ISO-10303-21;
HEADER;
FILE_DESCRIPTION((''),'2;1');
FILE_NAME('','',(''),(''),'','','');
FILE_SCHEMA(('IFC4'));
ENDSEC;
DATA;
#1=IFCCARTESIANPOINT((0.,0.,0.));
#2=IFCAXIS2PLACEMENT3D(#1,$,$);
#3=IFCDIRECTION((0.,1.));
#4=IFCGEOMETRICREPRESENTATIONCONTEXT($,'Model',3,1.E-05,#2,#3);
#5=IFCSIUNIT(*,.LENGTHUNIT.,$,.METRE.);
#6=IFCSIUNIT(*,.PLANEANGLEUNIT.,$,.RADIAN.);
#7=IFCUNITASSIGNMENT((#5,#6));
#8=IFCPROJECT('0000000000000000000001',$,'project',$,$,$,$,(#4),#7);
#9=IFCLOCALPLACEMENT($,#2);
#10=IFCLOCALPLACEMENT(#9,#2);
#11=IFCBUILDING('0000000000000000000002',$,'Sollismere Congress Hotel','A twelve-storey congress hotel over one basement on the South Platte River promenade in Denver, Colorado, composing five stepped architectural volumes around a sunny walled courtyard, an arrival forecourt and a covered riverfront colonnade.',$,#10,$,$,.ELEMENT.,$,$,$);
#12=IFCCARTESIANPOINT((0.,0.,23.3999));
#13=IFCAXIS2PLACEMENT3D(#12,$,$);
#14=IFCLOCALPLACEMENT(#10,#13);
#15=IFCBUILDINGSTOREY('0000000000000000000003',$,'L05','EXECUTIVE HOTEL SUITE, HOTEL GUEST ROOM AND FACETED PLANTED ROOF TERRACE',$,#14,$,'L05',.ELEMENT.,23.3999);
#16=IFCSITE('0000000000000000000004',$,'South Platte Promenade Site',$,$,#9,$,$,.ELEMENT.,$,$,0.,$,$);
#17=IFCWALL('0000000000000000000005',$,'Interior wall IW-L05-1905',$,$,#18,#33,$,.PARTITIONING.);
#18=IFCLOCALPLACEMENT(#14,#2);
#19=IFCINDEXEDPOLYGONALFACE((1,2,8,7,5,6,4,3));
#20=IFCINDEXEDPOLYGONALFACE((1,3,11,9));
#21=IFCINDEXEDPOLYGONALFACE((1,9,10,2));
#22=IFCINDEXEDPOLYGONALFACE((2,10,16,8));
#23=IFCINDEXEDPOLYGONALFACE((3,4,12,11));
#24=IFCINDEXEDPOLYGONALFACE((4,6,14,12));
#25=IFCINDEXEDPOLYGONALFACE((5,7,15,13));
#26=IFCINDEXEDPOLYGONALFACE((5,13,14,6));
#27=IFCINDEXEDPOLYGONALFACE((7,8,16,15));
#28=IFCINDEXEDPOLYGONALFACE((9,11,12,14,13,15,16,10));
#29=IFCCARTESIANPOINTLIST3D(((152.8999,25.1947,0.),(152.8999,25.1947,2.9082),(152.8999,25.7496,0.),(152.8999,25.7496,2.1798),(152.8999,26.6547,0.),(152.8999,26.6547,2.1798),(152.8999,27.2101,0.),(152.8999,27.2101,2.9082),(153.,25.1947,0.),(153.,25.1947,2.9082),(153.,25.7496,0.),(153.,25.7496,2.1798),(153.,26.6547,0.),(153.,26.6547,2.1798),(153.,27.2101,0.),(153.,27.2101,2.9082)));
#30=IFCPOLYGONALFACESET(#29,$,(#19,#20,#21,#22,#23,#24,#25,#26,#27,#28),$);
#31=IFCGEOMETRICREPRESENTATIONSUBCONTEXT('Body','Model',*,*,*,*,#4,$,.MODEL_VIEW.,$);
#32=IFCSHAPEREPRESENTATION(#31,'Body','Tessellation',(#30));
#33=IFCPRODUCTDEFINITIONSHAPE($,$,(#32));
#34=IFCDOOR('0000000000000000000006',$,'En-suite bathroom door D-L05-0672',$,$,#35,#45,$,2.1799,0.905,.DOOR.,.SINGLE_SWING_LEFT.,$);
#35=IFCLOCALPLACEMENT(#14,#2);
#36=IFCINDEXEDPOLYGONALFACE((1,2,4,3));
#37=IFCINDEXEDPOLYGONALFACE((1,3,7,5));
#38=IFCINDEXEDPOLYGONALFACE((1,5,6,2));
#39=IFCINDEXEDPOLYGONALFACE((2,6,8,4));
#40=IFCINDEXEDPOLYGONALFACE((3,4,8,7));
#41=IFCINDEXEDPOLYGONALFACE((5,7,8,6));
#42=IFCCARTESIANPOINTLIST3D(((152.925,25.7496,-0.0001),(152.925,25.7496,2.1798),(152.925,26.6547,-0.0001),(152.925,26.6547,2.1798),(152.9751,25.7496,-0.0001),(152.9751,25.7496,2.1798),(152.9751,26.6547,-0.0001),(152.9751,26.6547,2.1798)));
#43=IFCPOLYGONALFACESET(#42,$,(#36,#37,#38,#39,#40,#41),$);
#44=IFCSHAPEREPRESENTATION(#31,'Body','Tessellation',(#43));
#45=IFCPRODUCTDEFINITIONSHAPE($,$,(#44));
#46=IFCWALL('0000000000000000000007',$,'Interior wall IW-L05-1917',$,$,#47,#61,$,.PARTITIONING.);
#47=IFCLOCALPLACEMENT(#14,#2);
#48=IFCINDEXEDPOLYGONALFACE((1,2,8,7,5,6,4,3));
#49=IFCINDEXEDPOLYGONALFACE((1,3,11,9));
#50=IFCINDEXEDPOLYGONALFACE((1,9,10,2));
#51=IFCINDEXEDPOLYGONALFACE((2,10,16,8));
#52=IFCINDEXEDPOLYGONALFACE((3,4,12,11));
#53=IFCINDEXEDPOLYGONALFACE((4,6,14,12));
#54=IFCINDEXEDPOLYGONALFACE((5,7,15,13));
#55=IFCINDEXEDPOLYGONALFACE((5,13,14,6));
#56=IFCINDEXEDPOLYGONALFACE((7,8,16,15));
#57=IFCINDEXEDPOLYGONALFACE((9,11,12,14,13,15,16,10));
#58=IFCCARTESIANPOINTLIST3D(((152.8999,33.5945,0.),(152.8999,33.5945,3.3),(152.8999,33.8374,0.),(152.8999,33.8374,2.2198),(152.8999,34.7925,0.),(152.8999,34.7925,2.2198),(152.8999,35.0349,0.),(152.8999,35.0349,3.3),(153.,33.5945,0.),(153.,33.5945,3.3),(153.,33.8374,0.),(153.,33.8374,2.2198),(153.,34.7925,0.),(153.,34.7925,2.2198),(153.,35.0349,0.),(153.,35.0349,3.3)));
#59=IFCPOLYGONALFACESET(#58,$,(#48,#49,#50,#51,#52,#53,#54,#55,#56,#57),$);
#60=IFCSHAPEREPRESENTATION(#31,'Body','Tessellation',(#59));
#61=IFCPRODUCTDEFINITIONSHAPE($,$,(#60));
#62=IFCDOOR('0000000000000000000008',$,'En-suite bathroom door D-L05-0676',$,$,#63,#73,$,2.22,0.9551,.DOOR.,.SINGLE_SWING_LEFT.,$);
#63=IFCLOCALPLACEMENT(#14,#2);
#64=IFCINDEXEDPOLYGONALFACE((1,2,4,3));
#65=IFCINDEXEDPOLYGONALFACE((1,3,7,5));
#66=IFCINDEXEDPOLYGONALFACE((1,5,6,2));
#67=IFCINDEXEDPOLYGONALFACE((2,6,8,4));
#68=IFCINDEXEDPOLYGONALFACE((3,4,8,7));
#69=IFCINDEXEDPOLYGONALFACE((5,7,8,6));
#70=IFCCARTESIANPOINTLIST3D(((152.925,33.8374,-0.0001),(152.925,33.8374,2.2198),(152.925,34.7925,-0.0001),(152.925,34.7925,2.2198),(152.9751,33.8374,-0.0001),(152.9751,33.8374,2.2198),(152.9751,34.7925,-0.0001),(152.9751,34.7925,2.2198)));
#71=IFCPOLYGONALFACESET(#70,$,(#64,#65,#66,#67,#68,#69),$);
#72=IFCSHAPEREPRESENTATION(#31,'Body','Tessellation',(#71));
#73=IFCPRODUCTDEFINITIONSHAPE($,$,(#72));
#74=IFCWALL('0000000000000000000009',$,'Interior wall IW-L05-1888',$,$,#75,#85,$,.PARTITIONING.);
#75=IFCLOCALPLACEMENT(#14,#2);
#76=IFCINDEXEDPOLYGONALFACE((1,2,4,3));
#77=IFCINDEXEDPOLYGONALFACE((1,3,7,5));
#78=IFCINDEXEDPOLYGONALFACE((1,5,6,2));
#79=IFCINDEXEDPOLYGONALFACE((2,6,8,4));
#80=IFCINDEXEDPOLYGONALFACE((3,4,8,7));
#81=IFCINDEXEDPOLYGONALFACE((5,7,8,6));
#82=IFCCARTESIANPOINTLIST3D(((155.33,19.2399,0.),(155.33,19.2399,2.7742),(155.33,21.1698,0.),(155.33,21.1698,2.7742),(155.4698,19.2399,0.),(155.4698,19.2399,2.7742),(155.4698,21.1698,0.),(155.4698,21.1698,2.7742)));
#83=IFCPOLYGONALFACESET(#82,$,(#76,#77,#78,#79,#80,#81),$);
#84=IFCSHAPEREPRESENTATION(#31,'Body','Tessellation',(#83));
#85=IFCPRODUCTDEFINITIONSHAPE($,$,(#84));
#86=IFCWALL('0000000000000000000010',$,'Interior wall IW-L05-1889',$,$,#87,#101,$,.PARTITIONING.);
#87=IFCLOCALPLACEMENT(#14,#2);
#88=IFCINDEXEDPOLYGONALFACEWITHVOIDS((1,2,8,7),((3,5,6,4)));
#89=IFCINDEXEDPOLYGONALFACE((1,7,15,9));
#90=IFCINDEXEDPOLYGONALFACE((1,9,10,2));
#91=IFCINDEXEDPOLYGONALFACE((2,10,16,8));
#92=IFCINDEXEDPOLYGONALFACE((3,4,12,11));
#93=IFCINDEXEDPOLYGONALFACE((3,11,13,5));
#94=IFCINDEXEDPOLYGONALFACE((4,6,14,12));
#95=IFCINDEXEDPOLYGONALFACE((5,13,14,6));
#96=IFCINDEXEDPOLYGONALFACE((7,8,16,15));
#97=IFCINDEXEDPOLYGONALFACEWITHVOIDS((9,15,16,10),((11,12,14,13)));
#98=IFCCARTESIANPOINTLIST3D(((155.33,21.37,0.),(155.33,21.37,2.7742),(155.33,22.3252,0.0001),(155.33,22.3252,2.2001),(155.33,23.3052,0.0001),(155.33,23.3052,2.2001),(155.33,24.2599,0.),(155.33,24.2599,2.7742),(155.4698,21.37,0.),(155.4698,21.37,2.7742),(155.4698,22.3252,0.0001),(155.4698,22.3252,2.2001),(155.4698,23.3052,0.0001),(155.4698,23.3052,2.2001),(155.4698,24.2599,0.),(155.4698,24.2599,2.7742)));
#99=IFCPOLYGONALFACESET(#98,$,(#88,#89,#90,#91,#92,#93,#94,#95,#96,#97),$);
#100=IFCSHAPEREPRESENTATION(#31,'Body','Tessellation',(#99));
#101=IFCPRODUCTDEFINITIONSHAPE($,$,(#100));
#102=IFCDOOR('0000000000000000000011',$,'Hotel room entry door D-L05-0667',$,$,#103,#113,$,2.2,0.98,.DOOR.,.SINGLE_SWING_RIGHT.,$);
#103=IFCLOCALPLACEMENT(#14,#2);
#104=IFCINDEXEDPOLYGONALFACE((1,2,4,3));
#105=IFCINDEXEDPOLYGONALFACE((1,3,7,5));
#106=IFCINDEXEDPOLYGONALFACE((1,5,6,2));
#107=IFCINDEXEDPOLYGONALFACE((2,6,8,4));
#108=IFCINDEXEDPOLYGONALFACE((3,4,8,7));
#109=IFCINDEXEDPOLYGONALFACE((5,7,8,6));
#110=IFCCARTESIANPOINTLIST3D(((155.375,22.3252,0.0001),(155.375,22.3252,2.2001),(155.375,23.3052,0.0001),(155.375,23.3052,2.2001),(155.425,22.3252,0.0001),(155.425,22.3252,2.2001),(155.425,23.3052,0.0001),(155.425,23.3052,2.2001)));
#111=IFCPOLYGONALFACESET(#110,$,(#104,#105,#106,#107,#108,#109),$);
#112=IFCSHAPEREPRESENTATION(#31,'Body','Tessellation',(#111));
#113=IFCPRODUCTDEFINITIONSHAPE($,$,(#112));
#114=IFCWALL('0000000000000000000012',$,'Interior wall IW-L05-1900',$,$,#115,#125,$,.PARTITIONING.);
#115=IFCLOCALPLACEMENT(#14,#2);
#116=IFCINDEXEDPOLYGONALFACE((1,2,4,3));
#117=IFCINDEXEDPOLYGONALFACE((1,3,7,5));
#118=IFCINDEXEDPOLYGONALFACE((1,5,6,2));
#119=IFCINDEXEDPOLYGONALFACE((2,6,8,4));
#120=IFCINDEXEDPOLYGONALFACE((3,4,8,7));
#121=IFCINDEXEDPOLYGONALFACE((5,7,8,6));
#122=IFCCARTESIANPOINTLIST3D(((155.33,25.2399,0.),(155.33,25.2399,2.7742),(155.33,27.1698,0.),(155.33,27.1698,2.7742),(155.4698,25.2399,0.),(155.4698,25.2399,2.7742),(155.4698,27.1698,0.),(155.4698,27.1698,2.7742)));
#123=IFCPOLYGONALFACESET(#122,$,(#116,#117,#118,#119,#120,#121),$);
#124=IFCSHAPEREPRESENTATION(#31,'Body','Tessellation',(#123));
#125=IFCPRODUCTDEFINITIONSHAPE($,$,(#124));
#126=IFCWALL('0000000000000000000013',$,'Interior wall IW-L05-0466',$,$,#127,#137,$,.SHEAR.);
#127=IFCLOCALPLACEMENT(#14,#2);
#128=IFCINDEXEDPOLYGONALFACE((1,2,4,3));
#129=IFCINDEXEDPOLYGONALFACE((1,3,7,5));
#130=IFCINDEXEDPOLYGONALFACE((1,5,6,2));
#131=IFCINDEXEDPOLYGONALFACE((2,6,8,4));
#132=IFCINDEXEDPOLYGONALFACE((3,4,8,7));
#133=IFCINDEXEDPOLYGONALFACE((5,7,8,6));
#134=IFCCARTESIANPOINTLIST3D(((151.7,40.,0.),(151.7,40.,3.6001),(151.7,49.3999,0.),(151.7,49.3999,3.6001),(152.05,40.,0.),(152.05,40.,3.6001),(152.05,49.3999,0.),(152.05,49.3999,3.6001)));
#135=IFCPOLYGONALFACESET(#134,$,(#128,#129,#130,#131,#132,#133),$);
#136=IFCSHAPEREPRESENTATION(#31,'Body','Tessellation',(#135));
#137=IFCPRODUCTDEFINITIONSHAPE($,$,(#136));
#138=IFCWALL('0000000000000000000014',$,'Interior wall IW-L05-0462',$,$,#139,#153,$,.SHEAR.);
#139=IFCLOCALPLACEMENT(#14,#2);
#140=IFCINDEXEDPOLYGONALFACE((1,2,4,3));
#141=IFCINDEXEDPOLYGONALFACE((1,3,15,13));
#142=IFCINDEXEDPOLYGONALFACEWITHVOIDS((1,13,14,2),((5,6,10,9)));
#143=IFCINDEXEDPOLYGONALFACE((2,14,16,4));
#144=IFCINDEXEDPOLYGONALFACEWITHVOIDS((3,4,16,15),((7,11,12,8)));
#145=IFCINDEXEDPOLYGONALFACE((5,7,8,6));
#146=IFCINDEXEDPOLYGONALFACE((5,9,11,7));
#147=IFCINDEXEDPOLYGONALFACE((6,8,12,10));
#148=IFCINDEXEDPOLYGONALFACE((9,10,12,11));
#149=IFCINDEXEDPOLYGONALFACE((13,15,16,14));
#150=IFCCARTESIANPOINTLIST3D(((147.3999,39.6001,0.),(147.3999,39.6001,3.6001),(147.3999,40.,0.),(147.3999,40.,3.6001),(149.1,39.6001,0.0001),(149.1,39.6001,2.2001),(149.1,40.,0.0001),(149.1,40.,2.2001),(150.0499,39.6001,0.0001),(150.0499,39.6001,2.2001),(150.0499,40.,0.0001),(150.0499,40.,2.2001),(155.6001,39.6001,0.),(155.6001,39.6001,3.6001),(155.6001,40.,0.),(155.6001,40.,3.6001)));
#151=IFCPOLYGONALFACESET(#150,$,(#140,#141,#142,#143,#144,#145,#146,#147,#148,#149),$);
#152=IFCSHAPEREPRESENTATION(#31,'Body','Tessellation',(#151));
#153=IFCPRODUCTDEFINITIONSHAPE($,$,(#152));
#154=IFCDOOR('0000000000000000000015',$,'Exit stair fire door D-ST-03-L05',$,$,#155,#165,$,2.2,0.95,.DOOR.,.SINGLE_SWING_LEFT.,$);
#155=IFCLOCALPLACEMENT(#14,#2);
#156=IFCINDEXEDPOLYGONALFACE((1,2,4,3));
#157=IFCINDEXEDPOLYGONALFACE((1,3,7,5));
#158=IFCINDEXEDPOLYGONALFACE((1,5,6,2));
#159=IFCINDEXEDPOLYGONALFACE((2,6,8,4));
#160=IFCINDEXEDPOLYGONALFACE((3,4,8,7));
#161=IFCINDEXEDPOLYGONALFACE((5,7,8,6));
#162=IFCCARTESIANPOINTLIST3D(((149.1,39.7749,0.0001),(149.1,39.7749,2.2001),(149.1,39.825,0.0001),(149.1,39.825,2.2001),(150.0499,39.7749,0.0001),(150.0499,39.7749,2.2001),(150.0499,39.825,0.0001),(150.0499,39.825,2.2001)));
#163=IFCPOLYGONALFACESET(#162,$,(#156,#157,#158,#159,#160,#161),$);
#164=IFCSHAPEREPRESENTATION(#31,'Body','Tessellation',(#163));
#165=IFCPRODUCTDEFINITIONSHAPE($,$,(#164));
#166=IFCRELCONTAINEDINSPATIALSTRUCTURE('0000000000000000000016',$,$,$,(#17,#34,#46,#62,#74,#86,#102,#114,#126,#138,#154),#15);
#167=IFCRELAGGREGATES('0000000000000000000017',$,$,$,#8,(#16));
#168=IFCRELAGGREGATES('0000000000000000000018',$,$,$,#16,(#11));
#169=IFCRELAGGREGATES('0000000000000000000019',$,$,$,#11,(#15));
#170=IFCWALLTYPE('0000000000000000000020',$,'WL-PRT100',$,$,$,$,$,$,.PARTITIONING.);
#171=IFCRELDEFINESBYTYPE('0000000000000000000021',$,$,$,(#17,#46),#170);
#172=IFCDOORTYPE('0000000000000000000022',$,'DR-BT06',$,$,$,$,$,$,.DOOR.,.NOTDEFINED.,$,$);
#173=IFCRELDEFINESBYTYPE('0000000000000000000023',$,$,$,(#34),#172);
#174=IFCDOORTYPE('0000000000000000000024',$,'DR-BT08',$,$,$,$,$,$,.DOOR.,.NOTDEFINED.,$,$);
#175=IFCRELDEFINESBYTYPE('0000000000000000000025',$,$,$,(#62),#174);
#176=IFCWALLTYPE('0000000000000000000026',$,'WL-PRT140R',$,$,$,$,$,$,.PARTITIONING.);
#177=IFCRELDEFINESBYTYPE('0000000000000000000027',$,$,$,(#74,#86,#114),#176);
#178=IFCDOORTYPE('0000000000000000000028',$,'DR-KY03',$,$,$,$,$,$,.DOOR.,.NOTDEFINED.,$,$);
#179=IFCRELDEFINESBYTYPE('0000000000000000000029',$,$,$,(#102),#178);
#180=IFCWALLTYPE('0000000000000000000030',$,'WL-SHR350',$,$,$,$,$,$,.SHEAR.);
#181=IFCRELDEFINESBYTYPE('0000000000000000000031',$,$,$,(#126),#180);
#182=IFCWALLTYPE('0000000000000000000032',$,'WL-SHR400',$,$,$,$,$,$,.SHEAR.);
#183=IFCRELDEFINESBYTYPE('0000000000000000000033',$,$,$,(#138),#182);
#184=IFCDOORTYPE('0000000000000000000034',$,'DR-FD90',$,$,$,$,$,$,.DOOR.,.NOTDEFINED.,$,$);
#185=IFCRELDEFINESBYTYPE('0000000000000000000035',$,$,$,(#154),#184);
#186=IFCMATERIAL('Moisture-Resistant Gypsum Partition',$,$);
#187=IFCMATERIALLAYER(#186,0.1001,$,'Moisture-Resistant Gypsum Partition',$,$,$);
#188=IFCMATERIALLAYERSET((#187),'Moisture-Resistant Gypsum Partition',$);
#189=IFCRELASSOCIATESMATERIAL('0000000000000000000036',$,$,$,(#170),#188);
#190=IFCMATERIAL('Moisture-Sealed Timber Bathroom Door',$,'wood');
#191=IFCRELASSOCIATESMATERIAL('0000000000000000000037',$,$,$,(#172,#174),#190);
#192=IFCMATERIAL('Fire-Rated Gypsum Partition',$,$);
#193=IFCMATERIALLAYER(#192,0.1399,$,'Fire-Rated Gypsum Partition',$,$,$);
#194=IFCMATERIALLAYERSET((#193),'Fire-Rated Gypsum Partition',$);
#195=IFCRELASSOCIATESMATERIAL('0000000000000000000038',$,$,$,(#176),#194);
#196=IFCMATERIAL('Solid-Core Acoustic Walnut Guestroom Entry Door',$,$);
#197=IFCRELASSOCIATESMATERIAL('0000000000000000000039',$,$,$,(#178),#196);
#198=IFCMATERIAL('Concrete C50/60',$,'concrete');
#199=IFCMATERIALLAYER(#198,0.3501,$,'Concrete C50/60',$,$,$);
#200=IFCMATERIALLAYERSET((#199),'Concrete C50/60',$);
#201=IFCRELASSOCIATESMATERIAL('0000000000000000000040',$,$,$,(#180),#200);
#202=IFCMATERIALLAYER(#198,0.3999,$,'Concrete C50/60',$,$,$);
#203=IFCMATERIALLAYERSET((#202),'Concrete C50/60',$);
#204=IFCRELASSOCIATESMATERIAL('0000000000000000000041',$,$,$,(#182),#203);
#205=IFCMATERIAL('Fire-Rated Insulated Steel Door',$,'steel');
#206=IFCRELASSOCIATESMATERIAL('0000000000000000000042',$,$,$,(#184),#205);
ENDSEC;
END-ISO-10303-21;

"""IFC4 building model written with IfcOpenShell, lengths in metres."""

from ifc_helpers import new_model, si_unit, direction, frame, frame_2d, origin, place, context, subcontext, project, spatial, rectangle, extrude, material, layer, layer_set, type_object, element, fill, save


model = new_model("IFC4")

# Units and contexts
model_context = context("Model", 3, precision=1e-05, world=origin(), true_north=direction((0.0, 1.0)))
body_context = subcontext(model_context, "Body", "Model", "MODEL_VIEW")
ifc_project = project(units=[si_unit("LENGTHUNIT", "METRE"), si_unit("PLANEANGLEUNIT", "RADIAN")], contexts=[model_context])

# Site, building, storey
site_placement = place(None, origin())
site = spatial("IfcSite", under=ifc_project, at=site_placement, Name="South Platte Promenade Site", CompositionType="ELEMENT", RefElevation=0.0)
building_placement = place(site_placement, origin())
building = spatial("IfcBuilding", under=site, at=building_placement, Name="Sollismere Congress Hotel", Description="A twelve-storey congress hotel over one basement on the South Platte River promenade in Denver, Colorado, composing five stepped architectural volumes around a sunny walled courtyard, an arrival forecourt and a covered riverfront colonnade.", CompositionType="ELEMENT")
storey_placement = place(building_placement, frame((0.0, 0.0, 23.3999)))
storey = spatial("IfcBuildingStorey", under=building, at=storey_placement, Name="L05", Description="EXECUTIVE HOTEL SUITE, HOTEL GUEST ROOM AND FACETED PLANTED ROOF TERRACE", LongName="L05", CompositionType="ELEMENT", Elevation=23.3999)

# Walls, openings, doors
ifc_material_1 = material(Name="Moisture-Resistant Gypsum Partition")
ifc_layer_1 = layer(ifc_material_1, 0.1001, Name="Moisture-Resistant Gypsum Partition")
ifc_layer_set_1 = layer_set([ifc_layer_1], Name="Moisture-Resistant Gypsum Partition")
wall_type_1 = type_object("IfcWallType", Name="WL-PRT100", PredefinedType="PARTITIONING", material=ifc_layer_set_1)
ifc_material_2 = material(Name="Moisture-Sealed Timber Bathroom Door", Category="wood")
wall_1_placement = place(storey_placement, frame((152.95, 25.1946, 0.0), z_axis=(0.0, 0.0, 1.0), x_axis=(0.0, 1.0, 0.0)))
wall_1 = element("IfcWall", 1, at=wall_1_placement, inside=storey, type_object=wall_type_1, Name="Interior wall IW-L05-1905", PredefinedType="PARTITIONING", context=body_context, shape_type="SweptSolid", body=[
    extrude(rectangle(XDim=2.0154, YDim=0.1001, at=frame_2d((1.0078, 0.0))), origin(), (0.0, 0.0, 1.0), 2.9082),
])
opening_1_placement = place(wall_1_placement, frame((0.5549, 0.0, 0.0)))
opening_1 = element("IfcOpeningElement", 2, at=opening_1_placement, cuts=wall_1, PredefinedType="OPENING", context=body_context, shape_type="SweptSolid", body=[
    extrude(rectangle(XDim=0.905, YDim=2.1799, at=frame_2d((0.4526, 1.0898))), frame((0.0, 0.0601, 0.0), z_axis=(0.0, -1.0, 0.0), x_axis=(1.0, 0.0, 0.0)), (0.0, 0.0, 1.0), 0.1201),
])
door_type_1 = type_object("IfcDoorType", Name="DR-BT06", OperationType="NOTDEFINED", PredefinedType="DOOR", material=ifc_material_2)
door_1_placement = place(opening_1_placement, origin())
door_1 = element("IfcDoor", 3, at=door_1_placement, inside=storey, type_object=door_type_1, Name="En-suite bathroom door D-L05-0672", OperationType="SINGLE_SWING_LEFT", OverallHeight=2.1799, OverallWidth=0.905, PredefinedType="DOOR", context=body_context, shape_type="SweptSolid", body=[
    extrude(rectangle(XDim=0.905, YDim=2.1799, at=frame_2d((0.4526, 1.0898))), frame((0.0, 0.0249, 0.0), z_axis=(0.0, -1.0, 0.0), x_axis=(1.0, 0.0, 0.0)), (0.0, 0.0, 1.0), 0.05),
])
fill(opening_1, door_1)
wall_2_placement = place(storey_placement, frame((152.95, 33.5945, 0.0), z_axis=(0.0, 0.0, 1.0), x_axis=(0.0, 1.0, 0.0)))
wall_2 = element("IfcWall", 4, at=wall_2_placement, inside=storey, type_object=wall_type_1, Name="Interior wall IW-L05-1917", PredefinedType="PARTITIONING", context=body_context, shape_type="SweptSolid", body=[
    extrude(rectangle(XDim=1.4404, YDim=0.1001, at=frame_2d((0.7202, 0.0))), origin(), (0.0, 0.0, 1.0), 3.3),
])
opening_2_placement = place(wall_2_placement, frame((0.2429, 0.0, 0.0)))
opening_2 = element("IfcOpeningElement", 5, at=opening_2_placement, cuts=wall_2, PredefinedType="OPENING", context=body_context, shape_type="SweptSolid", body=[
    extrude(rectangle(XDim=0.9551, YDim=2.22, at=frame_2d((0.4775, 1.1099))), frame((0.0, 0.0601, 0.0), z_axis=(0.0, -1.0, 0.0), x_axis=(1.0, 0.0, 0.0)), (0.0, 0.0, 1.0), 0.1201),
])
door_type_2 = type_object("IfcDoorType", Name="DR-BT08", OperationType="NOTDEFINED", PredefinedType="DOOR", material=ifc_material_2)
door_2_placement = place(opening_2_placement, origin())
door_2 = element("IfcDoor", 6, at=door_2_placement, inside=storey, type_object=door_type_2, Name="En-suite bathroom door D-L05-0676", OperationType="SINGLE_SWING_LEFT", OverallHeight=2.22, OverallWidth=0.9551, PredefinedType="DOOR", context=body_context, shape_type="SweptSolid", body=[
    extrude(rectangle(XDim=0.9551, YDim=2.22, at=frame_2d((0.4775, 1.1099))), frame((0.0, 0.0249, 0.0), z_axis=(0.0, -1.0, 0.0), x_axis=(1.0, 0.0, 0.0)), (0.0, 0.0, 1.0), 0.05),
])
fill(opening_2, door_2)

# Wall
ifc_material_3 = material(Name="Fire-Rated Gypsum Partition")
ifc_layer_2 = layer(ifc_material_3, 0.1399, Name="Fire-Rated Gypsum Partition")
ifc_layer_set_2 = layer_set([ifc_layer_2], Name="Fire-Rated Gypsum Partition")
wall_type_2 = type_object("IfcWallType", Name="WL-PRT140R", PredefinedType="PARTITIONING", material=ifc_layer_set_2)
wall_3_placement = place(storey_placement, frame((155.3999, 19.24, 0.0), z_axis=(0.0, 0.0, 1.0), x_axis=(0.0, 1.0, 0.0)))
element("IfcWall", 7, at=wall_3_placement, inside=storey, type_object=wall_type_2, Name="Interior wall IW-L05-1888", PredefinedType="PARTITIONING", context=body_context, shape_type="SweptSolid", body=[
    extrude(rectangle(XDim=1.9299, YDim=0.1399, at=frame_2d((0.9648, 0.0))), origin(), (0.0, 0.0, 1.0), 2.7742),
])

# Wall, opening, door
wall_4_placement = place(storey_placement, frame((155.3999, 21.3701, 0.0), z_axis=(0.0, 0.0, 1.0), x_axis=(0.0, 1.0, 0.0)))
wall_4 = element("IfcWall", 8, at=wall_4_placement, inside=storey, type_object=wall_type_2, Name="Interior wall IW-L05-1889", PredefinedType="PARTITIONING", context=body_context, shape_type="SweptSolid", body=[
    extrude(rectangle(XDim=2.8899, YDim=0.1399, at=frame_2d((1.4448, 0.0))), origin(), (0.0, 0.0, 1.0), 2.7742),
])
opening_3_placement = place(wall_4_placement, frame((0.9551, 0.0, 0.0)))
opening_3 = element("IfcOpeningElement", 9, at=opening_3_placement, cuts=wall_4, PredefinedType="OPENING", context=body_context, shape_type="SweptSolid", body=[
    extrude(rectangle(XDim=0.98, YDim=2.2, at=frame_2d((0.49, 1.1001))), frame((0.0, 0.0798, 0.0), z_axis=(0.0, -1.0, 0.0), x_axis=(1.0, 0.0, 0.0)), (0.0, 0.0, 1.0), 0.1599),
])
ifc_material_4 = material(Name="Solid-Core Acoustic Walnut Guestroom Entry Door")
door_type_3 = type_object("IfcDoorType", Name="DR-KY03", OperationType="NOTDEFINED", PredefinedType="DOOR", material=ifc_material_4)
door_3_placement = place(opening_3_placement, origin())
door_3 = element("IfcDoor", 10, at=door_3_placement, inside=storey, type_object=door_type_3, Name="Hotel room entry door D-L05-0667", OperationType="SINGLE_SWING_RIGHT", OverallHeight=2.2, OverallWidth=0.98, PredefinedType="DOOR", context=body_context, shape_type="SweptSolid", body=[
    extrude(rectangle(XDim=0.98, YDim=2.2, at=frame_2d((0.49, 1.1001))), frame((0.0, 0.0249, 0.0), z_axis=(0.0, -1.0, 0.0), x_axis=(1.0, 0.0, 0.0)), (0.0, 0.0, 1.0), 0.05),
])
fill(opening_3, door_3)

# Walls
wall_5_placement = place(storey_placement, frame((155.3999, 25.24, 0.0), z_axis=(0.0, 0.0, 1.0), x_axis=(0.0, 1.0, 0.0)))
element("IfcWall", 11, at=wall_5_placement, inside=storey, type_object=wall_type_2, Name="Interior wall IW-L05-1900", PredefinedType="PARTITIONING", context=body_context, shape_type="SweptSolid", body=[
    extrude(rectangle(XDim=1.9299, YDim=0.1399, at=frame_2d((0.9648, 0.0))), origin(), (0.0, 0.0, 1.0), 2.7742),
])
ifc_material_5 = material(Name="Concrete C50/60", Category="concrete")
ifc_layer_3 = layer(ifc_material_5, 0.3501, Name="Concrete C50/60")
ifc_layer_set_3 = layer_set([ifc_layer_3], Name="Concrete C50/60")
wall_type_3 = type_object("IfcWallType", Name="WL-SHR350", PredefinedType="SHEAR", material=ifc_layer_set_3)
wall_6_placement = place(storey_placement, frame((151.875, 40.0, 0.0), z_axis=(0.0, 0.0, 1.0), x_axis=(0.0, 1.0, 0.0)))
element("IfcWall", 12, at=wall_6_placement, inside=storey, type_object=wall_type_3, Name="Interior wall IW-L05-0466", PredefinedType="SHEAR", context=body_context, shape_type="SweptSolid", body=[
    extrude(rectangle(XDim=9.3999, YDim=0.3501, at=frame_2d((4.7, 0.0))), origin(), (0.0, 0.0, 1.0), 3.6001),
])

# Wall, opening, door
ifc_layer_4 = layer(ifc_material_5, 0.3999, Name="Concrete C50/60")
ifc_layer_set_4 = layer_set([ifc_layer_4], Name="Concrete C50/60")
wall_type_4 = type_object("IfcWallType", Name="WL-SHR400", PredefinedType="SHEAR", material=ifc_layer_set_4)
wall_7_placement = place(storey_placement, frame((147.3999, 39.8, 0.0), z_axis=(0.0, 0.0, 1.0), x_axis=(1.0, 0.0, 0.0)))
wall_7 = element("IfcWall", 13, at=wall_7_placement, inside=storey, type_object=wall_type_4, Name="Interior wall IW-L05-0462", PredefinedType="SHEAR", context=body_context, shape_type="SweptSolid", body=[
    extrude(rectangle(XDim=8.2002, YDim=0.3999, at=frame_2d((4.1001, 0.0))), origin(), (0.0, 0.0, 1.0), 3.6001),
])
opening_4_placement = place(wall_7_placement, frame((1.7, 0.0, 0.0)))
opening_4 = element("IfcOpeningElement", 14, at=opening_4_placement, cuts=wall_7, PredefinedType="OPENING", context=body_context, shape_type="SweptSolid", body=[
    extrude(rectangle(XDim=0.95, YDim=2.2, at=frame_2d((0.4751, 1.1001))), frame((0.0, 0.21, 0.0), z_axis=(0.0, -1.0, 0.0), x_axis=(1.0, 0.0, 0.0)), (0.0, 0.0, 1.0), 0.4199),
])
ifc_material_6 = material(Name="Fire-Rated Insulated Steel Door", Category="steel")
door_type_4 = type_object("IfcDoorType", Name="DR-FD90", OperationType="NOTDEFINED", PredefinedType="DOOR", material=ifc_material_6)
door_4_placement = place(opening_4_placement, origin())
door_4 = element("IfcDoor", 15, at=door_4_placement, inside=storey, type_object=door_type_4, Name="Exit stair fire door D-ST-03-L05", OperationType="SINGLE_SWING_LEFT", OverallHeight=2.2, OverallWidth=0.95, PredefinedType="DOOR", context=body_context, shape_type="SweptSolid", body=[
    extrude(rectangle(XDim=0.95, YDim=2.2, at=frame_2d((0.4751, 1.1001))), frame((0.0, 0.0249, 0.0), z_axis=(0.0, -1.0, 0.0), x_axis=(1.0, 0.0, 0.0)), (0.0, 0.0, 1.0), 0.05),
])
fill(opening_4, door_4)

save(model, "model.ifc")
